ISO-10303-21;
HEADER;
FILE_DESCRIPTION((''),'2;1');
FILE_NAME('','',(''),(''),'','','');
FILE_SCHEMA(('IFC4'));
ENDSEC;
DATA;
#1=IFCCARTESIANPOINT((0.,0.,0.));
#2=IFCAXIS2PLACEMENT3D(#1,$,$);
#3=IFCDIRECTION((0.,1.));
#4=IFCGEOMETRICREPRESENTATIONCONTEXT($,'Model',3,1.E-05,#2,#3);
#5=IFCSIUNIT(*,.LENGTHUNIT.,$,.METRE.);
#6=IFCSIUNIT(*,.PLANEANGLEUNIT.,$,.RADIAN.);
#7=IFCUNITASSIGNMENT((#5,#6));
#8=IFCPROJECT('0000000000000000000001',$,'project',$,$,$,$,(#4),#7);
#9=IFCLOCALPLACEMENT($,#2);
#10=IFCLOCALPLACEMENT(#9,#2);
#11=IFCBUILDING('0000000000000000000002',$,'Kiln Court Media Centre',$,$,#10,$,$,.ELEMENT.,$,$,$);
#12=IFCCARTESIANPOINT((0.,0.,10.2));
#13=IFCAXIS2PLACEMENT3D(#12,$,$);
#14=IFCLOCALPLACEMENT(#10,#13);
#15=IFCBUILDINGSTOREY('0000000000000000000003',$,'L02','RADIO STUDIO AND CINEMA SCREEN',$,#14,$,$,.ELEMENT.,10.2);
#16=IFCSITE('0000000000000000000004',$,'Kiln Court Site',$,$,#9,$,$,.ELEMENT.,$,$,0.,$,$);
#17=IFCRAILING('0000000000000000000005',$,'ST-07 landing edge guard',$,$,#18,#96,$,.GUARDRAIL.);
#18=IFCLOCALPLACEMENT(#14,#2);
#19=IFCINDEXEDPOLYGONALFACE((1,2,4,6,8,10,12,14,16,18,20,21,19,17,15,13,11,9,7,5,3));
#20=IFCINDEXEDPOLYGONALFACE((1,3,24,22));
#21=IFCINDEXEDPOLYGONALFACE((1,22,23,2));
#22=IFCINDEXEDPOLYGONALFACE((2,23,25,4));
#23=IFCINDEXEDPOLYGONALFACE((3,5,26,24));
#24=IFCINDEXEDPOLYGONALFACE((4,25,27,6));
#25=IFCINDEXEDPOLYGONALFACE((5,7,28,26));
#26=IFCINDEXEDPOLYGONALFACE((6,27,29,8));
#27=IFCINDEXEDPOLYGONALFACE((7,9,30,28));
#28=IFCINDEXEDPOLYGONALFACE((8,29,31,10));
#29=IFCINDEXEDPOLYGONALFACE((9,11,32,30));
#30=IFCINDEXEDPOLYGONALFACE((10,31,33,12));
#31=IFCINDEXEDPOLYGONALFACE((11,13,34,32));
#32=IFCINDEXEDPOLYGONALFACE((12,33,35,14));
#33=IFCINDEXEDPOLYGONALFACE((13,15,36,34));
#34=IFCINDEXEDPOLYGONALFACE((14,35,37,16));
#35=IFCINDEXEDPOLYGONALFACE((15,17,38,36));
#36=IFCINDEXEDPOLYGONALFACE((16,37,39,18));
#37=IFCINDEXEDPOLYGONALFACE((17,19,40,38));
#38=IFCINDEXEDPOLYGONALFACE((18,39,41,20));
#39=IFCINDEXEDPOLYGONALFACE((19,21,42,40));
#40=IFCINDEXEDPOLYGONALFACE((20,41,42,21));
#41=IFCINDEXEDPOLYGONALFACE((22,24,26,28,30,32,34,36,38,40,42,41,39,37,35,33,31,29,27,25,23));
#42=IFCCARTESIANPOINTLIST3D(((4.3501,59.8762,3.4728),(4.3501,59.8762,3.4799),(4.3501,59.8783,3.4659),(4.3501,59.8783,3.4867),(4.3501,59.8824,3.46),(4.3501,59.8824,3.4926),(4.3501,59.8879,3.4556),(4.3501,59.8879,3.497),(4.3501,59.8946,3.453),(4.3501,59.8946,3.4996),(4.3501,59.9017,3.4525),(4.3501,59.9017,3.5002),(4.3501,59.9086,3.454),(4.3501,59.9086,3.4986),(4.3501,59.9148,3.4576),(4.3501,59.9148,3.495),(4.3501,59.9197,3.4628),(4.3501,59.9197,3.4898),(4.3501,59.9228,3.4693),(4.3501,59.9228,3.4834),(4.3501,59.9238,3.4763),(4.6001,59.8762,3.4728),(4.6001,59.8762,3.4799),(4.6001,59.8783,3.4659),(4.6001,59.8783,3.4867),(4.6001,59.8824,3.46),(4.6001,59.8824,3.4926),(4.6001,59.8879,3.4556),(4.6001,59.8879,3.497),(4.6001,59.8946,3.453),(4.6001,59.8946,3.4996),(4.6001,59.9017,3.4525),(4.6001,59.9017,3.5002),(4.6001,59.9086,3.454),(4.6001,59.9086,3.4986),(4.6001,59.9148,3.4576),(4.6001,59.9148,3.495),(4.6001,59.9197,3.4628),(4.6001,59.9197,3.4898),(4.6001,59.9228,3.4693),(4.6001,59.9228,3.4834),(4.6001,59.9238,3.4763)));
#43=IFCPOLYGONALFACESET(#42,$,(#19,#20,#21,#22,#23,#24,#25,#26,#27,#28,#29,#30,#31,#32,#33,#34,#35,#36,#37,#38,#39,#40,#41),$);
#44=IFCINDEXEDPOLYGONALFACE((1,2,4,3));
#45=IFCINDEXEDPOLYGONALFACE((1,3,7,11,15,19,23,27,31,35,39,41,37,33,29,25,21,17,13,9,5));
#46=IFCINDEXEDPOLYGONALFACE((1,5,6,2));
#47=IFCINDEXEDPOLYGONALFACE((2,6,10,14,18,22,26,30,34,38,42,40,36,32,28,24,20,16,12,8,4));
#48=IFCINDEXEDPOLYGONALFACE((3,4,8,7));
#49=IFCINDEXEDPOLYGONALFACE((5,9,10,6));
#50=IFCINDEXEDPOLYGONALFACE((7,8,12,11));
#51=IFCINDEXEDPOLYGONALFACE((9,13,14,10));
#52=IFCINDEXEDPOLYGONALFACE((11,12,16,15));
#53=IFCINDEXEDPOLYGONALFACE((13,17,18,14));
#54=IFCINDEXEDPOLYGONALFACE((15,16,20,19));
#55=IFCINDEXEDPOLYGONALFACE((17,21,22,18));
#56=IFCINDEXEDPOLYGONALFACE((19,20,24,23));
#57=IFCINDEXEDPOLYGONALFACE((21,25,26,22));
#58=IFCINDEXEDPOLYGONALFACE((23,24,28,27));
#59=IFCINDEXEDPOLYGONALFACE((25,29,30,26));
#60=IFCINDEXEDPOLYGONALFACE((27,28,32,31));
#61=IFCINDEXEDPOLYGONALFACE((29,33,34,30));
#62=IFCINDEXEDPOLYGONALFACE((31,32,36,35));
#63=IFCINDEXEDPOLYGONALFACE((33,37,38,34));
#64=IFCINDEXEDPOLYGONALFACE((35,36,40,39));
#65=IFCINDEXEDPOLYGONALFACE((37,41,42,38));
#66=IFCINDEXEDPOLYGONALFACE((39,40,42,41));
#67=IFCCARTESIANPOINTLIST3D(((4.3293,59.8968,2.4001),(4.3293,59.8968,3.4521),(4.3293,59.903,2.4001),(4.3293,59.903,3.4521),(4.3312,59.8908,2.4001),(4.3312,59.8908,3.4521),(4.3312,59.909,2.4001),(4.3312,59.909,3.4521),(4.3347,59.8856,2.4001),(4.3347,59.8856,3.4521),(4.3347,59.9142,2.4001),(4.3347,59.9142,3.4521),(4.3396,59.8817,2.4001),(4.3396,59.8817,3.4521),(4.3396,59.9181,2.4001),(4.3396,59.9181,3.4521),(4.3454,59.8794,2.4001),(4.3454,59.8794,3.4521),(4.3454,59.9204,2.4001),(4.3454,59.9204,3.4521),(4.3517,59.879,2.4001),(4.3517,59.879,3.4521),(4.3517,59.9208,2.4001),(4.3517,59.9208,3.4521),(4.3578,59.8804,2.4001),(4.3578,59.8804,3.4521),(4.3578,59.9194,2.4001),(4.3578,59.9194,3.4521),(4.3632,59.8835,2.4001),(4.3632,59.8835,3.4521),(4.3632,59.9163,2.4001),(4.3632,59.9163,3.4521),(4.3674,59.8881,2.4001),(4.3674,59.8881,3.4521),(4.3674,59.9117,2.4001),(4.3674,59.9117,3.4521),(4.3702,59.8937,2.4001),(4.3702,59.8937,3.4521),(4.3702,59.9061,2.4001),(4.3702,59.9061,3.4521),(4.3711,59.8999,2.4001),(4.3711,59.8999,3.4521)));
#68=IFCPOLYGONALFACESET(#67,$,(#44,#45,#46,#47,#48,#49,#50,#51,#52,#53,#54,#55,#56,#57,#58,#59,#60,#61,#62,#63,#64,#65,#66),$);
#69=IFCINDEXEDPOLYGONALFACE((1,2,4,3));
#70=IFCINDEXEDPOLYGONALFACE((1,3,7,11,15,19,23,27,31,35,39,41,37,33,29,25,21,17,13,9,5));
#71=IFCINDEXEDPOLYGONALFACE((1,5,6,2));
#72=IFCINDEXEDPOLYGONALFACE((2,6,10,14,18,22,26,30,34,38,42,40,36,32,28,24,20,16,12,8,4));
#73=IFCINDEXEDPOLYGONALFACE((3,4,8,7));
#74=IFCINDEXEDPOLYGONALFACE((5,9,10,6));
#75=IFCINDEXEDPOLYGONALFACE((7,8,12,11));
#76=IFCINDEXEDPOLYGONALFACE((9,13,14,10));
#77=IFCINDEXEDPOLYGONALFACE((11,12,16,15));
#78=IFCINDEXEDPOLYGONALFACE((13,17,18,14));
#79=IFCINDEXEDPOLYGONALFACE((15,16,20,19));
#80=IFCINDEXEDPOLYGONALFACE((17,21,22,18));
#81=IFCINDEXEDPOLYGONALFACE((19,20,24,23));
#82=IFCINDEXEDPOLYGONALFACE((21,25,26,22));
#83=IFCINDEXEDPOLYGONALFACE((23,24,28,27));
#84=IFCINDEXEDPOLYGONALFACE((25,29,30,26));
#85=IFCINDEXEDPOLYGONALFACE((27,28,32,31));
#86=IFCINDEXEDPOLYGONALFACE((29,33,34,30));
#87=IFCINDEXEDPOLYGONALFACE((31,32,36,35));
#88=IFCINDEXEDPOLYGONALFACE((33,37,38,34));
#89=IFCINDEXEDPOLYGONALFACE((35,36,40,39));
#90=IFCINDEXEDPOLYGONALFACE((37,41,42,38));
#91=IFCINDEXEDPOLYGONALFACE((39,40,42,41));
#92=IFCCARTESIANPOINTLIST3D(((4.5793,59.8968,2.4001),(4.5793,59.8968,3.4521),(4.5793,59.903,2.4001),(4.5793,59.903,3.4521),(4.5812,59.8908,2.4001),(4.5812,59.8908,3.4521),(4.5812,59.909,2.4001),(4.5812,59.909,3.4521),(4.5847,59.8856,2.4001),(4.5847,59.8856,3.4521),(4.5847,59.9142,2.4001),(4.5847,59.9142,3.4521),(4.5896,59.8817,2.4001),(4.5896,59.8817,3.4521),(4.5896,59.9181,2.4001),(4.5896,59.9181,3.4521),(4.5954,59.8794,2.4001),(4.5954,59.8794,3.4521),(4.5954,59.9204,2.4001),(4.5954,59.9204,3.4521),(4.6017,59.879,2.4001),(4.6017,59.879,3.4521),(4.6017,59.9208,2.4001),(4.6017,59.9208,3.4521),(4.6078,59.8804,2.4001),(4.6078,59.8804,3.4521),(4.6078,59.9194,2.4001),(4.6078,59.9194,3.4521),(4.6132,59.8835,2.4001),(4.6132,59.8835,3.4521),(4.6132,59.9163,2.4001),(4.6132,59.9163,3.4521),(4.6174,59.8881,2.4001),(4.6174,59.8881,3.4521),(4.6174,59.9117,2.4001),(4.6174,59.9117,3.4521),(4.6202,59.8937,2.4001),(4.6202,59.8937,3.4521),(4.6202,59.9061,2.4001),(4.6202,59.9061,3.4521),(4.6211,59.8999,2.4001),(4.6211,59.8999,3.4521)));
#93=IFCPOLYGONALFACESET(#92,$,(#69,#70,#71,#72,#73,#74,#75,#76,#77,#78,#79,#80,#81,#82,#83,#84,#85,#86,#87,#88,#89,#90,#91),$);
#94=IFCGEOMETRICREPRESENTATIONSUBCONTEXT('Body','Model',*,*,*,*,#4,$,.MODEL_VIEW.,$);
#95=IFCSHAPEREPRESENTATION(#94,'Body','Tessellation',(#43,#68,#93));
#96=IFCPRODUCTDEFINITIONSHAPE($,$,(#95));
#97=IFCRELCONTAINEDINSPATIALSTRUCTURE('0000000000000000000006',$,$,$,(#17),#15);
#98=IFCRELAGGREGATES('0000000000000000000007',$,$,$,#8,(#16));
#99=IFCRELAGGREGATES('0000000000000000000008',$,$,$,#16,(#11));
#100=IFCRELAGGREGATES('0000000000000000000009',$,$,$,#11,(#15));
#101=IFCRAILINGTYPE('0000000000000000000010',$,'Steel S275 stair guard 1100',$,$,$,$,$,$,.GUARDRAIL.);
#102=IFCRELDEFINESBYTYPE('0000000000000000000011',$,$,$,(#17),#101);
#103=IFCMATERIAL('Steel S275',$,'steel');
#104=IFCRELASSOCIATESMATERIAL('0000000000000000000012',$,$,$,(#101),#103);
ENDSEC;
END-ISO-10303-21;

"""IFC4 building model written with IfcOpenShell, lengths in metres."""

from ifc_helpers import new_model, si_unit, direction, frame, origin, origin_2d, place, context, subcontext, project, spatial, circle, extrude, material, type_object, element, save


model = new_model("IFC4")

# Units and contexts
model_context = context("Model", 3, precision=1e-05, world=origin(), true_north=direction((0.0, 1.0)))
body_context = subcontext(model_context, "Body", "Model", "MODEL_VIEW")
ifc_project = project(units=[si_unit("LENGTHUNIT", "METRE"), si_unit("PLANEANGLEUNIT", "RADIAN")], contexts=[model_context])

# Site, building, storey
site_placement = place(None, origin())
site = spatial("IfcSite", under=ifc_project, at=site_placement, Name="Kiln Court Site", CompositionType="ELEMENT", RefElevation=0.0)
building_placement = place(site_placement, origin())
building = spatial("IfcBuilding", under=site, at=building_placement, Name="Kiln Court Media Centre", CompositionType="ELEMENT")
storey_placement = place(building_placement, frame((0.0, 0.0, 10.2)))
storey = spatial("IfcBuildingStorey", under=building, at=storey_placement, Name="L02", Description="RADIO STUDIO AND CINEMA SCREEN", CompositionType="ELEMENT", Elevation=10.2)

# Railing
ifc_material_1 = material(Name="Steel S275", Category="steel")
railing_type_1 = type_object("IfcRailingType", Name="Steel S275 stair guard 1100", PredefinedType="GUARDRAIL", material=ifc_material_1)
railing_1_placement = place(storey_placement, frame((4.3501, 59.8999, 2.4001)))
element("IfcRailing", 1, at=railing_1_placement, inside=storey, type_object=railing_type_1, Name="ST-07 landing edge guard", PredefinedType="GUARDRAIL", context=body_context, shape_type="SweptSolid", body=[
    extrude(circle(Radius=0.0239, at=origin_2d()), frame((0.0, 0.0, 1.0762), z_axis=(1.0, 0.0, 0.0), x_axis=(0.0, 1.0, 0.0)), (0.0, 0.0, 1.0), 0.25),
    extrude(circle(Radius=0.021, at=origin_2d()), origin(), (0.0, 0.0, 1.0), 1.052),
    extrude(circle(Radius=0.021, at=origin_2d()), frame((0.25, 0.0, 0.0)), (0.0, 0.0, 1.0), 1.052),
])

save(model, "model.ifc")
